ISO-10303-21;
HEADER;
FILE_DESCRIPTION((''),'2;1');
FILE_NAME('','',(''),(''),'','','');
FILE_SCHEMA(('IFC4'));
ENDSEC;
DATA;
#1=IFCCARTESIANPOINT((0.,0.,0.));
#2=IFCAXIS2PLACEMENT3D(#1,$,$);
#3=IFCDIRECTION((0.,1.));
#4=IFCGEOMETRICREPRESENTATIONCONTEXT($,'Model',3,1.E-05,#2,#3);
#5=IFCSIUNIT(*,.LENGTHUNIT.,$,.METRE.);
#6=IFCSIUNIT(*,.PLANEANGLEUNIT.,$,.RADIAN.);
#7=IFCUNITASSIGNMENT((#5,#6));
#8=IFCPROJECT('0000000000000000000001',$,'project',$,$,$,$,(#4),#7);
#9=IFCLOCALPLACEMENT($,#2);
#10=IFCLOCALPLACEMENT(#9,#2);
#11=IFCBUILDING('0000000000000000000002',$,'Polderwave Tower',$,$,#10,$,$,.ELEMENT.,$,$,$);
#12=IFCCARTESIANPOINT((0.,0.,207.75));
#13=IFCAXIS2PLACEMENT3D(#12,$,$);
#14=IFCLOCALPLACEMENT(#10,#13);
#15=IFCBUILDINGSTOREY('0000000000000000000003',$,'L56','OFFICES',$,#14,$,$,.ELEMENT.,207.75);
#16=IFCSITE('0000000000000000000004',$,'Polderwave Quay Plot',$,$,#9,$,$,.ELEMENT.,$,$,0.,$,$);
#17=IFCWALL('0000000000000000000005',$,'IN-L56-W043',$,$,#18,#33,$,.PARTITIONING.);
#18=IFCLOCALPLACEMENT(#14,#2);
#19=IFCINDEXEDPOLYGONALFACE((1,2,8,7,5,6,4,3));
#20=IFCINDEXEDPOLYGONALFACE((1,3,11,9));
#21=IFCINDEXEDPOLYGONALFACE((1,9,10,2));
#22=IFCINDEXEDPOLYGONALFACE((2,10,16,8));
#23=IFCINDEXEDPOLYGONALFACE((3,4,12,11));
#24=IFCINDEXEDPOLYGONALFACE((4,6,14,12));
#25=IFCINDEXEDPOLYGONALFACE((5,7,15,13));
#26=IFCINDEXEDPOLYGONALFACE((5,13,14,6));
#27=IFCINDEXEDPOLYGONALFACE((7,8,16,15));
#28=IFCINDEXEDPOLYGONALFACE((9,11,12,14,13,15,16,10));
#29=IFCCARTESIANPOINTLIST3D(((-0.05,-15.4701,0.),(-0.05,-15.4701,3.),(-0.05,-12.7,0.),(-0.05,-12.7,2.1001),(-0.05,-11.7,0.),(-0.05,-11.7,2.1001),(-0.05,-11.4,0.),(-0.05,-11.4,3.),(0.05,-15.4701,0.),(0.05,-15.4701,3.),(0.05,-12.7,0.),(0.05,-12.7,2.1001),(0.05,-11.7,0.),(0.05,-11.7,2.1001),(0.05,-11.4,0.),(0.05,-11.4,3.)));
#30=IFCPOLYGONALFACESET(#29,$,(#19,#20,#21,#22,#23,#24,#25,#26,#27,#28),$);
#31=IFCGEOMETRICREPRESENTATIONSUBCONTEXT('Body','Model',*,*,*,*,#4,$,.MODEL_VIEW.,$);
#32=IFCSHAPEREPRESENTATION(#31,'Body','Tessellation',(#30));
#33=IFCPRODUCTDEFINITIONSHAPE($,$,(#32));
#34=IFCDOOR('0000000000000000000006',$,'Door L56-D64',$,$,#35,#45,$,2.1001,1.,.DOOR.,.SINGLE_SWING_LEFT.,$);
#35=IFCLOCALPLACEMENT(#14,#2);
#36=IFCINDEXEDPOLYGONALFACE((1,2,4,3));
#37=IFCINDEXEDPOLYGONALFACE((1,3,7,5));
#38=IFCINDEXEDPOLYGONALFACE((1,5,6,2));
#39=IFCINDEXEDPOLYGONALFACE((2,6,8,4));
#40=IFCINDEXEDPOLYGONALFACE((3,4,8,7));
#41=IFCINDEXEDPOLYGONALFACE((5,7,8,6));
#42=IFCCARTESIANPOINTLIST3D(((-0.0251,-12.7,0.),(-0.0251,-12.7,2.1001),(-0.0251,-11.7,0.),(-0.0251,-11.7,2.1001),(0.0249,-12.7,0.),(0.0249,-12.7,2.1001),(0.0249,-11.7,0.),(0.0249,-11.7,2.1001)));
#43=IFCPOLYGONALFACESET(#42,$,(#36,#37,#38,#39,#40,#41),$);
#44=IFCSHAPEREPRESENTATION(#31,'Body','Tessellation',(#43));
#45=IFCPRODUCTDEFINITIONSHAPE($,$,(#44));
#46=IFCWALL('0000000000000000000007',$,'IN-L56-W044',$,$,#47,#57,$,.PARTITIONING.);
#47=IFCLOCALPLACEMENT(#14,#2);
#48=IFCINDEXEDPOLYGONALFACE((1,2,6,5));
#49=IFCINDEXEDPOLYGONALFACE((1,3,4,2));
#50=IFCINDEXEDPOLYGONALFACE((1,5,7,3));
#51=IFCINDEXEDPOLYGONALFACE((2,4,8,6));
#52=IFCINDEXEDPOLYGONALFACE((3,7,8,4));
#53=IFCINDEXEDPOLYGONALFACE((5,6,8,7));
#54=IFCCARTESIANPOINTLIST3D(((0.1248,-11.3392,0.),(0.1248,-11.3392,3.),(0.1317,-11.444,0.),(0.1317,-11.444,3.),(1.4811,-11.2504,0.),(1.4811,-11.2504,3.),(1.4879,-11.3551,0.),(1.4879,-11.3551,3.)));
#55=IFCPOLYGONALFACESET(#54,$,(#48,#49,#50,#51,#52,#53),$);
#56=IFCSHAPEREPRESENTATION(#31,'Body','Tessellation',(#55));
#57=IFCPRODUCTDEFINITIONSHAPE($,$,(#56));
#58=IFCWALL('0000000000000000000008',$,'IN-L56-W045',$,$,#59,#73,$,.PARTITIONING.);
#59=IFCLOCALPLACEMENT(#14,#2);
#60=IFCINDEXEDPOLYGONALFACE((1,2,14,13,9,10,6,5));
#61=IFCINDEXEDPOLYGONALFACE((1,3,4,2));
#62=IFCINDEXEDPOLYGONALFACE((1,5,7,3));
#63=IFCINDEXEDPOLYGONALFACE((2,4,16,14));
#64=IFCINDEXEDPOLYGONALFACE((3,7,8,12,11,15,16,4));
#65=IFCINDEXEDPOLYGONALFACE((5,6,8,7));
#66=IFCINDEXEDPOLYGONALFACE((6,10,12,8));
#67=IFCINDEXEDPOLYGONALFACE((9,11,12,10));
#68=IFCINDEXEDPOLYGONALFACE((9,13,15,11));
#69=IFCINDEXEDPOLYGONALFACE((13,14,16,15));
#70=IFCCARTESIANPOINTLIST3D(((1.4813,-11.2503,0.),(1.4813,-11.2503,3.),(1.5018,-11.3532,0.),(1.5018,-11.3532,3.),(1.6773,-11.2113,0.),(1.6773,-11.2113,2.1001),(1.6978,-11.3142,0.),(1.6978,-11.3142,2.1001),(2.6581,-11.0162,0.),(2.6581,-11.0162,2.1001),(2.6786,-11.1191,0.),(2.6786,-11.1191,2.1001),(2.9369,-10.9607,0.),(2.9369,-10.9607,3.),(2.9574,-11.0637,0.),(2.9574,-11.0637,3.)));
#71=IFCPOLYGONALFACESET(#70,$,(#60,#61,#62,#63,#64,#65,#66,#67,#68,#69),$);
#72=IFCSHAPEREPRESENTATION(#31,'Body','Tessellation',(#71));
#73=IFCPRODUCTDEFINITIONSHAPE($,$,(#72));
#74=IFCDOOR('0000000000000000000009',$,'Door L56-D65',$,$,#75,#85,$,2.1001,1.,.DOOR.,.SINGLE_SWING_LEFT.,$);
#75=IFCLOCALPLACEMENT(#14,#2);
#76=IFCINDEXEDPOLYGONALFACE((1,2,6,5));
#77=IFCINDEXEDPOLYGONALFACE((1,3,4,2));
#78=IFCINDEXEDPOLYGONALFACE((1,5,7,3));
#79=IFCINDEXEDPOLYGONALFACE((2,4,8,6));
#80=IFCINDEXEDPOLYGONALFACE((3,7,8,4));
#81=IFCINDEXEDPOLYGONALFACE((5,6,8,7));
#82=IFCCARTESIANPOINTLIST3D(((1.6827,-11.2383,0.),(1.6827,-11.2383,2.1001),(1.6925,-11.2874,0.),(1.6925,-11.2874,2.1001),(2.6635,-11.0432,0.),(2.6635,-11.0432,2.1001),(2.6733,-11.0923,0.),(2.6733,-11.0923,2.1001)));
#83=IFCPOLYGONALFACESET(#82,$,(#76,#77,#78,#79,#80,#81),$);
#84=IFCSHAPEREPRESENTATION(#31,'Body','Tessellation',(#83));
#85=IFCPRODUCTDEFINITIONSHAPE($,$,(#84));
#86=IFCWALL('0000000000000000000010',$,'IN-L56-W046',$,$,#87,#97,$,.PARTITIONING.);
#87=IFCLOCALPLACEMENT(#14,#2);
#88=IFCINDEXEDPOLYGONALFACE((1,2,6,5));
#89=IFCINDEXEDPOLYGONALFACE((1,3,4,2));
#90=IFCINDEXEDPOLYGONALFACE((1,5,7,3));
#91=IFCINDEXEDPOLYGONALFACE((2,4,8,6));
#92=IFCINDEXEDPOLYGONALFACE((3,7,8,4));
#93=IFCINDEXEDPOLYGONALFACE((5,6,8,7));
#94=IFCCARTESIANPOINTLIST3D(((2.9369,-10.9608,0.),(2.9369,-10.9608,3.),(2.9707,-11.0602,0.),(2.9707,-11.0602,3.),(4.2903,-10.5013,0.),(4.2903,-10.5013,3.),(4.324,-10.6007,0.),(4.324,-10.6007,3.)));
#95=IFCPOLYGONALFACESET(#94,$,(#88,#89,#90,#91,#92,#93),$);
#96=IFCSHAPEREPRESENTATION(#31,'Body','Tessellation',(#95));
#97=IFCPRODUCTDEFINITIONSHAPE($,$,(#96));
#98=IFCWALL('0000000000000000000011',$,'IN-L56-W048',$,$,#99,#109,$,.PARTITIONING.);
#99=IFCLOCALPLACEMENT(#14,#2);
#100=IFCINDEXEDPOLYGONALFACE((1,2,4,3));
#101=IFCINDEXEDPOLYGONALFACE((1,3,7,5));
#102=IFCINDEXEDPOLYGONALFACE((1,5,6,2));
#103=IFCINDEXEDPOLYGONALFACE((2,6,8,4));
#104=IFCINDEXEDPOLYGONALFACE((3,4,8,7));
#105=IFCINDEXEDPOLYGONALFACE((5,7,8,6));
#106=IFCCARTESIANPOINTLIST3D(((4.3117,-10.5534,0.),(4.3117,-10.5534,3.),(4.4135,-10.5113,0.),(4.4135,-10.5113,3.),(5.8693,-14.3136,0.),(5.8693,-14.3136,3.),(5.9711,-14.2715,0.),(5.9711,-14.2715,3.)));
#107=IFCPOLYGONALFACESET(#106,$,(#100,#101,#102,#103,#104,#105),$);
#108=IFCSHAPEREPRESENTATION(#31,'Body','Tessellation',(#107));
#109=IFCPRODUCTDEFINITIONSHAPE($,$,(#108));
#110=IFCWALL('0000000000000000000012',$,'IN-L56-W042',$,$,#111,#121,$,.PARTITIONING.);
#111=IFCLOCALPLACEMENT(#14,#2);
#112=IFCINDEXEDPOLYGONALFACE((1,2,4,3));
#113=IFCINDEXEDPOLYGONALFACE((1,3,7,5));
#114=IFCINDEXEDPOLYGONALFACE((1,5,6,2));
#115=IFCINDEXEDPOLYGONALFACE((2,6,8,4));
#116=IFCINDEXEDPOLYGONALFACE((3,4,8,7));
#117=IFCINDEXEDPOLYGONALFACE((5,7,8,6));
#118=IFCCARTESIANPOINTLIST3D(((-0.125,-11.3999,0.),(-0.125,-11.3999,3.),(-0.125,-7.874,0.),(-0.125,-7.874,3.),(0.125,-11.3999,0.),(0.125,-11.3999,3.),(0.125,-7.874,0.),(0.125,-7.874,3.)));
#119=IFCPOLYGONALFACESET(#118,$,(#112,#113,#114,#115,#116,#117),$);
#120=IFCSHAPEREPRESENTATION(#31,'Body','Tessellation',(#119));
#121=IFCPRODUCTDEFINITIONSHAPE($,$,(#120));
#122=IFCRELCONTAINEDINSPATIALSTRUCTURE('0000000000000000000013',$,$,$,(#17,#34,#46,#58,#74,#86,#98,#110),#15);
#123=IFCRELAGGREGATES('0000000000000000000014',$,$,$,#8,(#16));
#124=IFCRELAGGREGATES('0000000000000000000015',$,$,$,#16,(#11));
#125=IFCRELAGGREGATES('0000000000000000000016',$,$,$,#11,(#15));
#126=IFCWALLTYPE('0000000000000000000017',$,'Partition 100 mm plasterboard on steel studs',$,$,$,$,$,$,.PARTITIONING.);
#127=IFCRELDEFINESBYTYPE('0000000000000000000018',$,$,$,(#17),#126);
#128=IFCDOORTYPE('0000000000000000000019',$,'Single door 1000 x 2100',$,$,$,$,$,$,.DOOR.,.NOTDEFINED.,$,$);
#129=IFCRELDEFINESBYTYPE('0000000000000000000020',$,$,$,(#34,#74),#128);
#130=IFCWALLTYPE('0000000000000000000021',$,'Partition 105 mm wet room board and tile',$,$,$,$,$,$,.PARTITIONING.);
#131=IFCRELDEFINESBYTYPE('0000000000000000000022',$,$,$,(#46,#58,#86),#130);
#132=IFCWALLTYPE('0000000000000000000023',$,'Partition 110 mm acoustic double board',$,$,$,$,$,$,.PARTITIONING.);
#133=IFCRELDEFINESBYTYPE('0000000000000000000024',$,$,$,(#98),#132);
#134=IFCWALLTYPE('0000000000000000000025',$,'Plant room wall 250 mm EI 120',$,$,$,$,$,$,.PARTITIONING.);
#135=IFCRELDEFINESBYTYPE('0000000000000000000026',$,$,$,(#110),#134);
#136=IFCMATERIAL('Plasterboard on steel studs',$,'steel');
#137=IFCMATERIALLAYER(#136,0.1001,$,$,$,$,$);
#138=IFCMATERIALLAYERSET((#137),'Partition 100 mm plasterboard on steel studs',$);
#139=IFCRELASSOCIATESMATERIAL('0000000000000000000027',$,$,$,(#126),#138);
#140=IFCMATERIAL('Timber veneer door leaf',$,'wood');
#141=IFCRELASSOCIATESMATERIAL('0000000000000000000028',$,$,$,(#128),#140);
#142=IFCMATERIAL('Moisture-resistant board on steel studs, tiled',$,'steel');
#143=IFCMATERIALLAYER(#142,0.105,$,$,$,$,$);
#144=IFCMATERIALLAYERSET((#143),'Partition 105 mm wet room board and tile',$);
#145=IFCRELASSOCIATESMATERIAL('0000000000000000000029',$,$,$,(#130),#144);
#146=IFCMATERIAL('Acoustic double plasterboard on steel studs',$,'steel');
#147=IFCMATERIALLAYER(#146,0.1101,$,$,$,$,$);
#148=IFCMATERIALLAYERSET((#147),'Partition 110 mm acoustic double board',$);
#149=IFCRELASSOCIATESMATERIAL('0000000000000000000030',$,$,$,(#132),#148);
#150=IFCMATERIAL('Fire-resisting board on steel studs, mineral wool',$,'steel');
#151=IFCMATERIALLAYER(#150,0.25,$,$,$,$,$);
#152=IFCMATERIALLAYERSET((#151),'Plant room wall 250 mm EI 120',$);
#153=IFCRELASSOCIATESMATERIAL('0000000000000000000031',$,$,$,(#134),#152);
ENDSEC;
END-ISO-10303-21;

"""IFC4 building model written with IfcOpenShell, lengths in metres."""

from ifc_helpers import new_model, si_unit, direction, frame, frame_2d, origin, place, context, subcontext, project, spatial, rectangle, extrude, material, layer, layer_set, type_object, element, fill, save


model = new_model("IFC4")

# Units and contexts
model_context = context("Model", 3, precision=1e-05, world=origin(), true_north=direction((0.0, 1.0)))
body_context = subcontext(model_context, "Body", "Model", "MODEL_VIEW")
ifc_project = project(units=[si_unit("LENGTHUNIT", "METRE"), si_unit("PLANEANGLEUNIT", "RADIAN")], contexts=[model_context])

# Site, building, storey
site_placement = place(None, origin())
site = spatial("IfcSite", under=ifc_project, at=site_placement, Name="Polderwave Quay Plot", CompositionType="ELEMENT", RefElevation=0.0)
building_placement = place(site_placement, origin())
building = spatial("IfcBuilding", under=site, at=building_placement, Name="Polderwave Tower", CompositionType="ELEMENT")
storey_placement = place(building_placement, frame((0.0, 0.0, 207.75)))
storey = spatial("IfcBuildingStorey", under=building, at=storey_placement, Name="L56", Description="OFFICES", CompositionType="ELEMENT", Elevation=207.75)

# Wall, opening, door
ifc_material_1 = material(Name="Plasterboard on steel studs", Category="steel")
ifc_layer_1 = layer(ifc_material_1, 0.1001)
ifc_layer_set_1 = layer_set([ifc_layer_1], Name="Partition 100 mm plasterboard on steel studs")
wall_type_1 = type_object("IfcWallType", Name="Partition 100 mm plasterboard on steel studs", PredefinedType="PARTITIONING", material=ifc_layer_set_1)
wall_1_placement = place(storey_placement, frame((0.0, -11.3999, 0.0), z_axis=(0.0, 0.0, 1.0), x_axis=(0.0, -1.0, 0.0)))
wall_1 = element("IfcWall", 1, at=wall_1_placement, inside=storey, type_object=wall_type_1, Name="IN-L56-W043", PredefinedType="PARTITIONING", context=body_context, shape_type="SweptSolid", body=[
    extrude(rectangle(XDim=4.0701, YDim=0.1001, at=frame_2d((2.0352, 0.0))), origin(), (0.0, 0.0, 1.0), 3.0),
])
opening_1_placement = place(wall_1_placement, frame((0.3, 0.0, 0.0)))
opening_1 = element("IfcOpeningElement", 2, at=opening_1_placement, cuts=wall_1, PredefinedType="OPENING", context=body_context, shape_type="SweptSolid", body=[
    extrude(rectangle(XDim=1.0, YDim=2.1001, at=frame_2d((0.5, 1.05))), frame((0.0, 0.0601, 0.0), z_axis=(0.0, -1.0, 0.0), x_axis=(1.0, 0.0, 0.0)), (0.0, 0.0, 1.0), 0.1201),
])
ifc_material_2 = material(Name="Timber veneer door leaf", Category="wood")
door_type = type_object("IfcDoorType", Name="Single door 1000 x 2100", OperationType="NOTDEFINED", PredefinedType="DOOR", material=ifc_material_2)
door_1_placement = place(opening_1_placement, origin())
door_1 = element("IfcDoor", 3, at=door_1_placement, inside=storey, type_object=door_type, Name="Door L56-D64", OperationType="SINGLE_SWING_LEFT", OverallHeight=2.1001, OverallWidth=1.0, PredefinedType="DOOR", context=body_context, shape_type="SweptSolid", body=[
    extrude(rectangle(XDim=1.0, YDim=2.1001, at=frame_2d((0.5, 1.05))), frame((0.0, 0.0249, 0.0), z_axis=(0.0, -1.0, 0.0), x_axis=(1.0, 0.0, 0.0)), (0.0, 0.0, 1.0), 0.05),
])
fill(opening_1, door_1)

# Wall
ifc_material_3 = material(Name="Moisture-resistant board on steel studs, tiled", Category="steel")
ifc_layer_2 = layer(ifc_material_3, 0.105)
ifc_layer_set_2 = layer_set([ifc_layer_2], Name="Partition 105 mm wet room board and tile")
wall_type_2 = type_object("IfcWallType", Name="Partition 105 mm wet room board and tile", PredefinedType="PARTITIONING", material=ifc_layer_set_2)
wall_2_placement = place(storey_placement, frame((1.4846, -11.3027, 0.0), z_axis=(0.0, 0.0, 1.0), x_axis=(-0.99786, -0.065386, 0.0)))
element("IfcWall", 4, at=wall_2_placement, inside=storey, type_object=wall_type_2, Name="IN-L56-W044", PredefinedType="PARTITIONING", context=body_context, shape_type="SweptSolid", body=[
    extrude(rectangle(XDim=1.3591, YDim=0.105, at=frame_2d((0.6797, 0.0))), origin(), (0.0, 0.0, 1.0), 3.0),
])

# Wall, opening, door
wall_3_placement = place(storey_placement, frame((1.4915, -11.3018, 0.0), z_axis=(0.0, 0.0, 1.0), x_axis=(0.980783, 0.195104, 0.0)))
wall_3 = element("IfcWall", 5, at=wall_3_placement, inside=storey, type_object=wall_type_2, Name="IN-L56-W045", PredefinedType="PARTITIONING", context=body_context, shape_type="SweptSolid", body=[
    extrude(rectangle(XDim=1.4841, YDim=0.105, at=frame_2d((0.7422, 0.0))), origin(), (0.0, 0.0, 1.0), 3.0),
])
opening_2_placement = place(wall_3_placement, frame((0.2, 0.0, 0.0)))
opening_2 = element("IfcOpeningElement", 6, at=opening_2_placement, cuts=wall_3, PredefinedType="OPENING", context=body_context, shape_type="SweptSolid", body=[
    extrude(rectangle(XDim=1.0, YDim=2.1001, at=frame_2d((0.5, 1.05))), frame((0.0, 0.0625, 0.0), z_axis=(0.0, -1.0, 0.0), x_axis=(1.0, 0.0, 0.0)), (0.0, 0.0, 1.0), 0.125),
])
door_2_placement = place(opening_2_placement, origin())
door_2 = element("IfcDoor", 7, at=door_2_placement, inside=storey, type_object=door_type, Name="Door L56-D65", OperationType="SINGLE_SWING_LEFT", OverallHeight=2.1001, OverallWidth=1.0, PredefinedType="DOOR", context=body_context, shape_type="SweptSolid", body=[
    extrude(rectangle(XDim=1.0, YDim=2.1001, at=frame_2d((0.5, 1.05))), frame((0.0, 0.0249, 0.0), z_axis=(0.0, -1.0, 0.0), x_axis=(1.0, 0.0, 0.0)), (0.0, 0.0, 1.0), 0.05),
])
fill(opening_2, door_2)

# Walls
wall_4_placement = place(storey_placement, frame((4.3071, -10.551, 0.0), z_axis=(0.0, 0.0, 1.0), x_axis=(-0.946909, -0.321502, 0.0)))
element("IfcWall", 8, at=wall_4_placement, inside=storey, type_object=wall_type_2, Name="IN-L56-W046", PredefinedType="PARTITIONING", context=body_context, shape_type="SweptSolid", body=[
    extrude(rectangle(XDim=1.4292, YDim=0.105, at=frame_2d((0.7146, 0.0))), origin(), (0.0, 0.0, 1.0), 3.0),
])
ifc_material_4 = material(Name="Acoustic double plasterboard on steel studs", Category="steel")
ifc_layer_3 = layer(ifc_material_4, 0.1101)
ifc_layer_set_3 = layer_set([ifc_layer_3], Name="Partition 110 mm acoustic double board")
wall_type_3 = type_object("IfcWallType", Name="Partition 110 mm acoustic double board", PredefinedType="PARTITIONING", material=ifc_layer_set_3)
wall_5_placement = place(storey_placement, frame((4.3625, -10.5322, 0.0), z_axis=(0.0, 0.0, 1.0), x_axis=(0.382698, -0.923874, 0.0)))
element("IfcWall", 9, at=wall_5_placement, inside=storey, type_object=wall_type_3, Name="IN-L56-W048", PredefinedType="PARTITIONING", context=body_context, shape_type="SweptSolid", body=[
    extrude(rectangle(XDim=4.0701, YDim=0.1101, at=frame_2d((2.0352, 0.0))), origin(), (0.0, 0.0, 1.0), 3.0),
])
ifc_material_5 = material(Name="Fire-resisting board on steel studs, mineral wool", Category="steel")
ifc_layer_4 = layer(ifc_material_5, 0.25)
ifc_layer_set_4 = layer_set([ifc_layer_4], Name="Plant room wall 250 mm EI 120")
wall_type_4 = type_object("IfcWallType", Name="Plant room wall 250 mm EI 120", PredefinedType="PARTITIONING", material=ifc_layer_set_4)
wall_6_placement = place(storey_placement, frame((0.0, -7.874, 0.0), z_axis=(0.0, 0.0, 1.0), x_axis=(0.0, -1.0, 0.0)))
element("IfcWall", 10, at=wall_6_placement, inside=storey, type_object=wall_type_4, Name="IN-L56-W042", PredefinedType="PARTITIONING", context=body_context, shape_type="SweptSolid", body=[
    extrude(rectangle(XDim=3.5259, YDim=0.25, at=frame_2d((1.7629, 0.0))), origin(), (0.0, 0.0, 1.0), 3.0),
])

save(model, "model.ifc")
